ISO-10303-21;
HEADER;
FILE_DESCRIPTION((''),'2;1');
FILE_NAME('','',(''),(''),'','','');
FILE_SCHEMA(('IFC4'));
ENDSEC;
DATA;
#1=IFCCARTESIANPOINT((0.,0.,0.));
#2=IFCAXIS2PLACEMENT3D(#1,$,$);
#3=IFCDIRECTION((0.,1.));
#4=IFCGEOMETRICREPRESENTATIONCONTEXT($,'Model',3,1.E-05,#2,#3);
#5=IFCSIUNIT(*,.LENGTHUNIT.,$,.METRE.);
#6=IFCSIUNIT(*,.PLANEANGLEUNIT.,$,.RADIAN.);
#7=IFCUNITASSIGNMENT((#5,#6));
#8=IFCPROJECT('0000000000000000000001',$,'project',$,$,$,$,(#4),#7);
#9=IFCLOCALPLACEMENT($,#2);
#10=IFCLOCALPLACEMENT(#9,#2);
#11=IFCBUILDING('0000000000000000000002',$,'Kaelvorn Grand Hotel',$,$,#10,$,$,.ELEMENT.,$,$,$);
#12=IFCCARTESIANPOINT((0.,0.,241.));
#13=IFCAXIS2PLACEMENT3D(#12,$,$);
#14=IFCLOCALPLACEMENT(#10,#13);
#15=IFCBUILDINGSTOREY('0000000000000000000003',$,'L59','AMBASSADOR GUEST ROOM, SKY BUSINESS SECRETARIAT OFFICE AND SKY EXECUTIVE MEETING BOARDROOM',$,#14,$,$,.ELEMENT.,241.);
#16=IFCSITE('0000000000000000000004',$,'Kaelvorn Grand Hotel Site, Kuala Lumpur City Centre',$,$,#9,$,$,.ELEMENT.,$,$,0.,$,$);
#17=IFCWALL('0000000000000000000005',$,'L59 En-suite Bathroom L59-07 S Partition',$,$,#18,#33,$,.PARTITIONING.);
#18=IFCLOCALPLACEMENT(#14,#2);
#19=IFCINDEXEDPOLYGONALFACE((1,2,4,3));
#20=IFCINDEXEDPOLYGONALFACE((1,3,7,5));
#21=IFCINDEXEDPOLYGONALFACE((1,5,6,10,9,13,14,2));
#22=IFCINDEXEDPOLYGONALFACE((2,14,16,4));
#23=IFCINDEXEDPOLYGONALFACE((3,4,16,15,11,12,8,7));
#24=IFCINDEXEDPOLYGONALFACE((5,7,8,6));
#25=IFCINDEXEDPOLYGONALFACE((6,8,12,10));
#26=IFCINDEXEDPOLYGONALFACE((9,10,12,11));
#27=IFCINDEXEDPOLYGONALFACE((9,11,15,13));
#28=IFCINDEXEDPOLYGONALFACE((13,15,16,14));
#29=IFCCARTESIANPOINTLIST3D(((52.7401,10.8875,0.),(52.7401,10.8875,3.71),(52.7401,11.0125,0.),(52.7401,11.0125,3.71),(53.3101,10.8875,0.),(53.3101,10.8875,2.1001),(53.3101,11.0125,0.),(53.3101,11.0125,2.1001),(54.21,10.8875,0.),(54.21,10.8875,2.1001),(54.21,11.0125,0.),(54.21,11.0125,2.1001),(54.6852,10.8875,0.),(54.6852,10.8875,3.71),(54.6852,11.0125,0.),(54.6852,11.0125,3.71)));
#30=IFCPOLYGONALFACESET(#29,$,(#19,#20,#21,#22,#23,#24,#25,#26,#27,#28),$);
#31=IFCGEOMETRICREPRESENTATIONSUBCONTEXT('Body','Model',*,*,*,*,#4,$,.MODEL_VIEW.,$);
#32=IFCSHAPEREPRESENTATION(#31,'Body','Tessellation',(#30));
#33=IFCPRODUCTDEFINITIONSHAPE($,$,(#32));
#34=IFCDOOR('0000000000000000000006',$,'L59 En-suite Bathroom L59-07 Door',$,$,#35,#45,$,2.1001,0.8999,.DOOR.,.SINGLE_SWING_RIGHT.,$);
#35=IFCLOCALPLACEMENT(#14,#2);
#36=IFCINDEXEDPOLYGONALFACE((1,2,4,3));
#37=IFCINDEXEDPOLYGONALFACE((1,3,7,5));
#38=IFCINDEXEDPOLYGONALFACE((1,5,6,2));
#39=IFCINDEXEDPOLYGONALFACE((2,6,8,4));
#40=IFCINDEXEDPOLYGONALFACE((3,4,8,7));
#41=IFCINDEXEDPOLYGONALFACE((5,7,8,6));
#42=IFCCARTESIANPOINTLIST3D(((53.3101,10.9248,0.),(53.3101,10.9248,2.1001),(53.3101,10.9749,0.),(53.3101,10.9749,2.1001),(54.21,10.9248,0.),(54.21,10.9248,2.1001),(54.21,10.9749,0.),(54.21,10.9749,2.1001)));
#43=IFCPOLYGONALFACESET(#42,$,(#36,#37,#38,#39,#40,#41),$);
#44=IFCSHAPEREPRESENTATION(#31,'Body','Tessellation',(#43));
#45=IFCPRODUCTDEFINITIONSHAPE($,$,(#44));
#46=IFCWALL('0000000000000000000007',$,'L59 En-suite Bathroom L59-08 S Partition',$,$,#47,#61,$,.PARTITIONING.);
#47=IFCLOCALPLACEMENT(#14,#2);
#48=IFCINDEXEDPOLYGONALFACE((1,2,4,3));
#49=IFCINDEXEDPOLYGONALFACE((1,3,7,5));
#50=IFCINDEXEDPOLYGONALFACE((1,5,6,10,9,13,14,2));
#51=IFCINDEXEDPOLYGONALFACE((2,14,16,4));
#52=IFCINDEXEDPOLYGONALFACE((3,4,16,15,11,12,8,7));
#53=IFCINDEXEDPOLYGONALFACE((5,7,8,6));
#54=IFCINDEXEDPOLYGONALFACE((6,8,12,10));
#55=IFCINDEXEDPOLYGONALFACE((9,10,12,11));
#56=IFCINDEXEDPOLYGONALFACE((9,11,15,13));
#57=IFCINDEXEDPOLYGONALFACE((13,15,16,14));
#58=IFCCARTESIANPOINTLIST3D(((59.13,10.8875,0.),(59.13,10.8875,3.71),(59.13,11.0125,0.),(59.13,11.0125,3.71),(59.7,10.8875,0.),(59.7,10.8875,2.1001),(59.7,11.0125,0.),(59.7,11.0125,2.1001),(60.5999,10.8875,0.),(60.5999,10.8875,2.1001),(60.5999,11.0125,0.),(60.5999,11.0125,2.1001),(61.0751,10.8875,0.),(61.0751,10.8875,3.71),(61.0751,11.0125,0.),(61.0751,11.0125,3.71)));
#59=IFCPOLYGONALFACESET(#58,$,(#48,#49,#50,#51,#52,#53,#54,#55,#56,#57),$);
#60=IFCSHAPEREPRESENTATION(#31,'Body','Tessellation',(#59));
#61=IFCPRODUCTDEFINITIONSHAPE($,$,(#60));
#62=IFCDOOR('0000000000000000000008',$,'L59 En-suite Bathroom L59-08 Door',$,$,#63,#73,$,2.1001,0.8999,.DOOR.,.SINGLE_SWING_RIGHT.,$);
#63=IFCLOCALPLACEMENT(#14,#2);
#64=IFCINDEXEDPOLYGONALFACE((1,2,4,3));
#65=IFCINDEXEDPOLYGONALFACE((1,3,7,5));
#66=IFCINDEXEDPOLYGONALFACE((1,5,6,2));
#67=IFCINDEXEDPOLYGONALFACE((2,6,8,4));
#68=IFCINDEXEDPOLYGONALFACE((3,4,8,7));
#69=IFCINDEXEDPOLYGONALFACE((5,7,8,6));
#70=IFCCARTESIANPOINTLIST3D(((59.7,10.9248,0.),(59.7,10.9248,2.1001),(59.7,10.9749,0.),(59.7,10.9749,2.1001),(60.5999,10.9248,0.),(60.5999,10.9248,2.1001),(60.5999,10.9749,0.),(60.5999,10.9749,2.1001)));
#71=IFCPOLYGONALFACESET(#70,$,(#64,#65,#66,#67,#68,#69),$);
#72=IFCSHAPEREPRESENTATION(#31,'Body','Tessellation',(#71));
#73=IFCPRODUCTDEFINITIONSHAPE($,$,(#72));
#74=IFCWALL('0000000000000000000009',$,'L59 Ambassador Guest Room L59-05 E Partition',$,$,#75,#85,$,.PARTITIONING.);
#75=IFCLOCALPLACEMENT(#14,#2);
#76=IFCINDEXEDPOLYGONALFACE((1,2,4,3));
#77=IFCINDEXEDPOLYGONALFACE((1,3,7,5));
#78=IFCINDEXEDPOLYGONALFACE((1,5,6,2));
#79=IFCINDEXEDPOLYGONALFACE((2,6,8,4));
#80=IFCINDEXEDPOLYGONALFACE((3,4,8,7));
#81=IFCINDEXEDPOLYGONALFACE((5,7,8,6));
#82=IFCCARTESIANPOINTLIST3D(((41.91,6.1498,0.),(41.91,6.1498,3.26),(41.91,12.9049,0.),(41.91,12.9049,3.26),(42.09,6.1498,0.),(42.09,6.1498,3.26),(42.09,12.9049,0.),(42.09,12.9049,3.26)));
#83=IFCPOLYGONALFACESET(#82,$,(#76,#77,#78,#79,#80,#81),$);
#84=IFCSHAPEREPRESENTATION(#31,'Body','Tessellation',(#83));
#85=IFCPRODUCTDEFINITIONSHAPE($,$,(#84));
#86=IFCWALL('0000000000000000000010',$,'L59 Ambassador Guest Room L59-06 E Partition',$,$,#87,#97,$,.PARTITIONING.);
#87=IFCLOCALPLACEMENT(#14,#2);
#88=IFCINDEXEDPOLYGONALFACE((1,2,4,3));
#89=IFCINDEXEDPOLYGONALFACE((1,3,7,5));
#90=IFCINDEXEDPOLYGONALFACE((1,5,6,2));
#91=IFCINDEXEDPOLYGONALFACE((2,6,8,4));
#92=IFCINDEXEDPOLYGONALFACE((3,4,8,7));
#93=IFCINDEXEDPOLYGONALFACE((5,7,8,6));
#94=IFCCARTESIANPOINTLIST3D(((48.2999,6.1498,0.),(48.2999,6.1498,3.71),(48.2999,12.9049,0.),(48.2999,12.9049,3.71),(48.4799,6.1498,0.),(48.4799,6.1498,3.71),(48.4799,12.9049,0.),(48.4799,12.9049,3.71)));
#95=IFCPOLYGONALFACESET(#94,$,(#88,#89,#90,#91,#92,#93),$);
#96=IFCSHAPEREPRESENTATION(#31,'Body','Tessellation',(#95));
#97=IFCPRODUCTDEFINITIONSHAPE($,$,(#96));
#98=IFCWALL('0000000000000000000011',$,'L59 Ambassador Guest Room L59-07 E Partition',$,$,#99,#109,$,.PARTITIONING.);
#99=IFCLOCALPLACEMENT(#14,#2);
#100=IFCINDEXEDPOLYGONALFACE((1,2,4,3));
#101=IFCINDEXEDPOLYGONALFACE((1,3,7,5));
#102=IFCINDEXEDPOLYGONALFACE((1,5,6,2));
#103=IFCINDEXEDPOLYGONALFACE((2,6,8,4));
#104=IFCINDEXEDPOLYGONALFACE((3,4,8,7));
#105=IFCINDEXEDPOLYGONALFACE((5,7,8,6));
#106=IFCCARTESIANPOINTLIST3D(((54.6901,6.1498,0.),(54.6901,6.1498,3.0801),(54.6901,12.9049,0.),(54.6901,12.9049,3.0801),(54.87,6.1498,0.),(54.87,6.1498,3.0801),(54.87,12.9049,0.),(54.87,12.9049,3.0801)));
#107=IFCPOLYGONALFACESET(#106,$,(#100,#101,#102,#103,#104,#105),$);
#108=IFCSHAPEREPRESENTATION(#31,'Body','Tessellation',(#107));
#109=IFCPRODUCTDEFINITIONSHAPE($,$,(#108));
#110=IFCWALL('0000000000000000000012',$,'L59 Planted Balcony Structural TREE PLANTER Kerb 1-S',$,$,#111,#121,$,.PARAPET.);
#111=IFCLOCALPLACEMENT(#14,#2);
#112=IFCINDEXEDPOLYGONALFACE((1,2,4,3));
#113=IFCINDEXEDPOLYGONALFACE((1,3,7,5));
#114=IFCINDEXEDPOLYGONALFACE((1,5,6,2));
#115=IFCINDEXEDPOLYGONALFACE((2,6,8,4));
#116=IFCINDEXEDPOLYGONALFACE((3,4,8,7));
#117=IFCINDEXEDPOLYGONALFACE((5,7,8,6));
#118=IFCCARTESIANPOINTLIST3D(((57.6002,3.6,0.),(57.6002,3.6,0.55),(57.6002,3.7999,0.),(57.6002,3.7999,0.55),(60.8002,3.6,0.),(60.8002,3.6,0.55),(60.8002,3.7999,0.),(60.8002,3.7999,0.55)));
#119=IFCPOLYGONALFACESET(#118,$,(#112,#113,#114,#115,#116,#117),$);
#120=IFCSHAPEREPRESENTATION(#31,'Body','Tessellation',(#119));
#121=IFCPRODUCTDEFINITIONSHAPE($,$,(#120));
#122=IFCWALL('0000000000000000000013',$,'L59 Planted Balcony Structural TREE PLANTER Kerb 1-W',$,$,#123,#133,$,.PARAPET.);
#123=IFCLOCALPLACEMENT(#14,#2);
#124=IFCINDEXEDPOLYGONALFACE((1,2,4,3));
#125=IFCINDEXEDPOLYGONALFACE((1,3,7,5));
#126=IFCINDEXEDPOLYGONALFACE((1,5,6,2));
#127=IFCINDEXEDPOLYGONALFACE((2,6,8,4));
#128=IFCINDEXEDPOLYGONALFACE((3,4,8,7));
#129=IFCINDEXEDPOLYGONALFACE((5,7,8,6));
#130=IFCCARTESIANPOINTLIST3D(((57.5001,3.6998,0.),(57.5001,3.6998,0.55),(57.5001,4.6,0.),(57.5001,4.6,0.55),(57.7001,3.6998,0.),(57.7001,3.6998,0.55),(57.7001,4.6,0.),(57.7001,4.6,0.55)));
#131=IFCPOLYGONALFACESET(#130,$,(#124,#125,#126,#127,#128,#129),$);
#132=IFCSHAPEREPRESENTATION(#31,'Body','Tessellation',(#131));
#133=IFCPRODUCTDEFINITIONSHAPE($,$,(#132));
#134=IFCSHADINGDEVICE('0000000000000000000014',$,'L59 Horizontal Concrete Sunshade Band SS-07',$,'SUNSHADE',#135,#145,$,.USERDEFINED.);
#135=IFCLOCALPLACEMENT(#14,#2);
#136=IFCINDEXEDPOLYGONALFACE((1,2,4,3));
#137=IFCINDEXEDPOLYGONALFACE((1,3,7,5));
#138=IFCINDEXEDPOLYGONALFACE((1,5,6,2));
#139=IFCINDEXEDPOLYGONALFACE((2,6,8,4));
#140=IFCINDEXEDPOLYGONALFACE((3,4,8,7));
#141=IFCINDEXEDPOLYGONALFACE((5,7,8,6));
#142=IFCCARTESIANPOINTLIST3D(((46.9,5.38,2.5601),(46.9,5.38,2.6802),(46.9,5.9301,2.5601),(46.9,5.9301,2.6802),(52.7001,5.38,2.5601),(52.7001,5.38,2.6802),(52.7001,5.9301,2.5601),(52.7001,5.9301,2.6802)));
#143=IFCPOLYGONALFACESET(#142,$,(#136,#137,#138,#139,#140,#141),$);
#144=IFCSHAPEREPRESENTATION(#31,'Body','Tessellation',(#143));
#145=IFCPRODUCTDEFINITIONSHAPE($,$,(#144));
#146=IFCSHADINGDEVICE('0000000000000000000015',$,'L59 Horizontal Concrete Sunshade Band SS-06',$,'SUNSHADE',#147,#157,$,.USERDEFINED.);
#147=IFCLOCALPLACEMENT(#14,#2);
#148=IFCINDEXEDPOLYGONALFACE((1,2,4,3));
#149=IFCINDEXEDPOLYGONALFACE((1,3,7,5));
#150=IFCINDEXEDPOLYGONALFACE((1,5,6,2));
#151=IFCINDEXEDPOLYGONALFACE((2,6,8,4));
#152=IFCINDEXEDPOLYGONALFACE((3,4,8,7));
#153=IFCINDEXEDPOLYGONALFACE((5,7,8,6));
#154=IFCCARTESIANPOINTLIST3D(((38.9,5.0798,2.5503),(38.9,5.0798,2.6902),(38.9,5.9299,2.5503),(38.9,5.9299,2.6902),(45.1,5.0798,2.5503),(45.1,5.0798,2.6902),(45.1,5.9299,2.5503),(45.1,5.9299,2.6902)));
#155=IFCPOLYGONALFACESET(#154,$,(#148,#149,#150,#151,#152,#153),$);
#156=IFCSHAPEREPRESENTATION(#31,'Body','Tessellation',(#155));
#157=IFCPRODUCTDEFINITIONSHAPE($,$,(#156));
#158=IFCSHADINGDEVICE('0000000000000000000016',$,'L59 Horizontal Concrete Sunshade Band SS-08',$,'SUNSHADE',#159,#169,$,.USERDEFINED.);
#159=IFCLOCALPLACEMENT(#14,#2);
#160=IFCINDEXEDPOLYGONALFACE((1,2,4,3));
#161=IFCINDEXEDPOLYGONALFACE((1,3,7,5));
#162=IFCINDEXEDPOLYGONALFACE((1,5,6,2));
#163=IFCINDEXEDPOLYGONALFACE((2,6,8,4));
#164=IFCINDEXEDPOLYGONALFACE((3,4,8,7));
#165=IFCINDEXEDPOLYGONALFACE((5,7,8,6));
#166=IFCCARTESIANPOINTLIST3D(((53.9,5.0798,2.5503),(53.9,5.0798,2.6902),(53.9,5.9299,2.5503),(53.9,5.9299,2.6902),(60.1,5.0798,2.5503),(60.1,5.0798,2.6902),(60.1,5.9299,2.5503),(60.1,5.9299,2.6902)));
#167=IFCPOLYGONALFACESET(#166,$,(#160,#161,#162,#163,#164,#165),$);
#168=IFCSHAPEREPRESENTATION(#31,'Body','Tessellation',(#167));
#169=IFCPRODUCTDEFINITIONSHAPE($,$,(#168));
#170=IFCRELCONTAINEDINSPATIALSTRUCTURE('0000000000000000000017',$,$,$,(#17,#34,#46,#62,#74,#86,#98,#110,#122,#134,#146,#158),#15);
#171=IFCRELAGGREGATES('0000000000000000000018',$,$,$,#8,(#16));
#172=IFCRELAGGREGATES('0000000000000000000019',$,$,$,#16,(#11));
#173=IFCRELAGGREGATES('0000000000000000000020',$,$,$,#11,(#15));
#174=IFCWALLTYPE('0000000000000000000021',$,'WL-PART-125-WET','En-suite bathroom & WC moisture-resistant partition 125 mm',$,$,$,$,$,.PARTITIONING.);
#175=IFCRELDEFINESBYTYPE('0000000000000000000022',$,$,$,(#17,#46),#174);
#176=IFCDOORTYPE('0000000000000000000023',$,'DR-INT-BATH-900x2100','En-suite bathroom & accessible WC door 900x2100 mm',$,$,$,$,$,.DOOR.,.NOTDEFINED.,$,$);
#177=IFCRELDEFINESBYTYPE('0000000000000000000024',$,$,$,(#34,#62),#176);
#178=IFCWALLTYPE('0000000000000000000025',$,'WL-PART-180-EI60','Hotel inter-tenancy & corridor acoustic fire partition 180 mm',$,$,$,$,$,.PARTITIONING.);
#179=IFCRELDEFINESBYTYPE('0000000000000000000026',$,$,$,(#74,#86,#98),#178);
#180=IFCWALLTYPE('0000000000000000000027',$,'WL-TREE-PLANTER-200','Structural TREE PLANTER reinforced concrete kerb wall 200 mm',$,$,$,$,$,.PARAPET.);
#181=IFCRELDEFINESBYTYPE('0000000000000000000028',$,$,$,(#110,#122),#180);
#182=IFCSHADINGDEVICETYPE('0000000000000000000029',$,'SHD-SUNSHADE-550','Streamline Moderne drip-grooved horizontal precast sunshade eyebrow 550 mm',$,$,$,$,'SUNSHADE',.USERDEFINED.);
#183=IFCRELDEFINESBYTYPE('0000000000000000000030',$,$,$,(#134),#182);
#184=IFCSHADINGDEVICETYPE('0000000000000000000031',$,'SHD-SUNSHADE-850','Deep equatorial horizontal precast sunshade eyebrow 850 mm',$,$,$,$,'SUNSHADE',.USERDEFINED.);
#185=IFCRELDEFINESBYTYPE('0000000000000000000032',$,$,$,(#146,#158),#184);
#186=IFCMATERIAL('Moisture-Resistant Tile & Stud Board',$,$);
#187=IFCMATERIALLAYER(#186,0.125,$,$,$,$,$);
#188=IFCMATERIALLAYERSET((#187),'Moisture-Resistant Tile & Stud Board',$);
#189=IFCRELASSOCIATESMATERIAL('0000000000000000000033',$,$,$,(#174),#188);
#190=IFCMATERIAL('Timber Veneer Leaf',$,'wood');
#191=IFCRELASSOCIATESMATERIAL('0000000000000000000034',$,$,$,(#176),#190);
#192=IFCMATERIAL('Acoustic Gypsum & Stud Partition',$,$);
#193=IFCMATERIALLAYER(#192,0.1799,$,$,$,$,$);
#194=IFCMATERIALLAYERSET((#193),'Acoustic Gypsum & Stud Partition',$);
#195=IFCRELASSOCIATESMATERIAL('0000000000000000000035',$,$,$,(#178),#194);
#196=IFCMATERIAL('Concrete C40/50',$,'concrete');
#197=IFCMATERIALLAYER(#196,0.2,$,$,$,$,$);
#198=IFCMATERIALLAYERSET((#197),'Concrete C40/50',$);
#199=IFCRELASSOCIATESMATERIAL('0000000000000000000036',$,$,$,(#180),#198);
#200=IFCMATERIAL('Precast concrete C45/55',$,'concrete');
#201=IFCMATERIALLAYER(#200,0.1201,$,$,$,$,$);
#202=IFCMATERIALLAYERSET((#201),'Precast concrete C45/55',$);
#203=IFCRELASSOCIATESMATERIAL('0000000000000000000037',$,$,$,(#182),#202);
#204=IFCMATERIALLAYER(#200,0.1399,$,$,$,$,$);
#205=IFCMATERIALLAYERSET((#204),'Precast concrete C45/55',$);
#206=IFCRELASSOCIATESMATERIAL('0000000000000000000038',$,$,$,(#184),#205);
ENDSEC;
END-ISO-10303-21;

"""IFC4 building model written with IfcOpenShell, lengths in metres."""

from ifc_helpers import new_model, si_unit, direction, frame, frame_2d, origin, origin_2d, place, context, subcontext, project, spatial, rectangle, extrude, material, layer, layer_set, type_object, element, fill, save


model = new_model("IFC4")

# Units and contexts
model_context = context("Model", 3, precision=1e-05, world=origin(), true_north=direction((0.0, 1.0)))
body_context = subcontext(model_context, "Body", "Model", "MODEL_VIEW")
ifc_project = project(units=[si_unit("LENGTHUNIT", "METRE"), si_unit("PLANEANGLEUNIT", "RADIAN")], contexts=[model_context])

# Site, building, storey
site_placement = place(None, origin())
site = spatial("IfcSite", under=ifc_project, at=site_placement, Name="Kaelvorn Grand Hotel Site, Kuala Lumpur City Centre", CompositionType="ELEMENT", RefElevation=0.0)
building_placement = place(site_placement, origin())
building = spatial("IfcBuilding", under=site, at=building_placement, Name="Kaelvorn Grand Hotel", CompositionType="ELEMENT")
storey_placement = place(building_placement, frame((0.0, 0.0, 241.0)))
storey = spatial("IfcBuildingStorey", under=building, at=storey_placement, Name="L59", Description="AMBASSADOR GUEST ROOM, SKY BUSINESS SECRETARIAT OFFICE AND SKY EXECUTIVE MEETING BOARDROOM", CompositionType="ELEMENT", Elevation=241.0)

# Shared definitions
ifc_material_1 = material(Name="Moisture-Resistant Tile & Stud Board")
ifc_layer_1 = layer(ifc_material_1, 0.125)
ifc_layer_set_1 = layer_set([ifc_layer_1], Name="Moisture-Resistant Tile & Stud Board")
wall_type_1 = type_object("IfcWallType", Name="WL-PART-125-WET", Description="En-suite bathroom & WC moisture-resistant partition 125 mm", PredefinedType="PARTITIONING", material=ifc_layer_set_1)
ifc_material_2 = material(Name="Timber Veneer Leaf", Category="wood")
door_type = type_object("IfcDoorType", Name="DR-INT-BATH-900x2100", Description="En-suite bathroom & accessible WC door 900x2100 mm", OperationType="NOTDEFINED", PredefinedType="DOOR", material=ifc_material_2)

# Walls, openings, doors
wall_1_placement = place(storey_placement, frame((52.74, 10.95, 0.0), z_axis=(0.0, 0.0, 1.0), x_axis=(1.0, 0.0, 0.0)))
wall_1 = element("IfcWall", 1, at=wall_1_placement, inside=storey, type_object=wall_type_1, Name="L59 En-suite Bathroom L59-07 S Partition", PredefinedType="PARTITIONING", context=body_context, shape_type="SweptSolid", body=[
    extrude(rectangle(XDim=1.9451, YDim=0.125, at=frame_2d((0.9727, 0.0))), origin(), (0.0, 0.0, 1.0), 3.71),
])
opening_1_placement = place(wall_1_placement, frame((0.5701, 0.0, 0.0)))
opening_1 = element("IfcOpeningElement", 2, at=opening_1_placement, cuts=wall_1, PredefinedType="OPENING", context=body_context, shape_type="SweptSolid", body=[
    extrude(rectangle(XDim=0.8999, YDim=2.1001, at=frame_2d((0.45, 1.05))), frame((0.0, 0.0725, 0.0), z_axis=(0.0, -1.0, 0.0), x_axis=(1.0, 0.0, 0.0)), (0.0, 0.0, 1.0), 0.145),
])
door_1_placement = place(opening_1_placement, origin())
door_1 = element("IfcDoor", 3, at=door_1_placement, inside=storey, type_object=door_type, Name="L59 En-suite Bathroom L59-07 Door", OperationType="SINGLE_SWING_RIGHT", OverallHeight=2.1001, OverallWidth=0.8999, PredefinedType="DOOR", context=body_context, shape_type="SweptSolid", body=[
    extrude(rectangle(XDim=0.8999, YDim=2.1001, at=frame_2d((0.45, 1.05))), frame((0.0, 0.0249, 0.0), z_axis=(0.0, -1.0, 0.0), x_axis=(1.0, 0.0, 0.0)), (0.0, 0.0, 1.0), 0.05),
])
fill(opening_1, door_1)
wall_2_placement = place(storey_placement, frame((59.1299, 10.95, 0.0), z_axis=(0.0, 0.0, 1.0), x_axis=(1.0, 0.0, 0.0)))
wall_2 = element("IfcWall", 4, at=wall_2_placement, inside=storey, type_object=wall_type_1, Name="L59 En-suite Bathroom L59-08 S Partition", PredefinedType="PARTITIONING", context=body_context, shape_type="SweptSolid", body=[
    extrude(rectangle(XDim=1.9451, YDim=0.125, at=frame_2d((0.9727, 0.0))), origin(), (0.0, 0.0, 1.0), 3.71),
])
opening_2_placement = place(wall_2_placement, frame((0.5701, 0.0, 0.0)))
opening_2 = element("IfcOpeningElement", 5, at=opening_2_placement, cuts=wall_2, PredefinedType="OPENING", context=body_context, shape_type="SweptSolid", body=[
    extrude(rectangle(XDim=0.8999, YDim=2.1001, at=frame_2d((0.45, 1.05))), frame((0.0, 0.0725, 0.0), z_axis=(0.0, -1.0, 0.0), x_axis=(1.0, 0.0, 0.0)), (0.0, 0.0, 1.0), 0.145),
])
door_2_placement = place(opening_2_placement, origin())
door_2 = element("IfcDoor", 6, at=door_2_placement, inside=storey, type_object=door_type, Name="L59 En-suite Bathroom L59-08 Door", OperationType="SINGLE_SWING_RIGHT", OverallHeight=2.1001, OverallWidth=0.8999, PredefinedType="DOOR", context=body_context, shape_type="SweptSolid", body=[
    extrude(rectangle(XDim=0.8999, YDim=2.1001, at=frame_2d((0.45, 1.05))), frame((0.0, 0.0249, 0.0), z_axis=(0.0, -1.0, 0.0), x_axis=(1.0, 0.0, 0.0)), (0.0, 0.0, 1.0), 0.05),
])
fill(opening_2, door_2)

# Walls
ifc_material_3 = material(Name="Acoustic Gypsum & Stud Partition")
ifc_layer_2 = layer(ifc_material_3, 0.1799)
ifc_layer_set_2 = layer_set([ifc_layer_2], Name="Acoustic Gypsum & Stud Partition")
wall_type_2 = type_object("IfcWallType", Name="WL-PART-180-EI60", Description="Hotel inter-tenancy & corridor acoustic fire partition 180 mm", PredefinedType="PARTITIONING", material=ifc_layer_set_2)
wall_3_placement = place(storey_placement, frame((42.0, 6.1499, 0.0), z_axis=(0.0, 0.0, 1.0), x_axis=(0.0, 1.0, 0.0)))
element("IfcWall", 7, at=wall_3_placement, inside=storey, type_object=wall_type_2, Name="L59 Ambassador Guest Room L59-05 E Partition", PredefinedType="PARTITIONING", context=body_context, shape_type="SweptSolid", body=[
    extrude(rectangle(XDim=6.7551, YDim=0.1799, at=frame_2d((3.3774, 0.0))), origin(), (0.0, 0.0, 1.0), 3.26),
])
wall_4_placement = place(storey_placement, frame((48.3899, 6.1499, 0.0), z_axis=(0.0, 0.0, 1.0), x_axis=(0.0, 1.0, 0.0)))
element("IfcWall", 8, at=wall_4_placement, inside=storey, type_object=wall_type_2, Name="L59 Ambassador Guest Room L59-06 E Partition", PredefinedType="PARTITIONING", context=body_context, shape_type="SweptSolid", body=[
    extrude(rectangle(XDim=6.7551, YDim=0.1799, at=frame_2d((3.3774, 0.0))), origin(), (0.0, 0.0, 1.0), 3.71),
])
wall_5_placement = place(storey_placement, frame((54.78, 6.1499, 0.0), z_axis=(0.0, 0.0, 1.0), x_axis=(0.0, 1.0, 0.0)))
element("IfcWall", 9, at=wall_5_placement, inside=storey, type_object=wall_type_2, Name="L59 Ambassador Guest Room L59-07 E Partition", PredefinedType="PARTITIONING", context=body_context, shape_type="SweptSolid", body=[
    extrude(rectangle(XDim=6.7551, YDim=0.1799, at=frame_2d((3.3774, 0.0))), origin(), (0.0, 0.0, 1.0), 3.0801),
])
ifc_material_4 = material(Name="Concrete C40/50", Category="concrete")
ifc_layer_3 = layer(ifc_material_4, 0.2)
ifc_layer_set_3 = layer_set([ifc_layer_3], Name="Concrete C40/50")
wall_type_3 = type_object("IfcWallType", Name="WL-TREE-PLANTER-200", Description="Structural TREE PLANTER reinforced concrete kerb wall 200 mm", PredefinedType="PARAPET", material=ifc_layer_set_3)
wall_6_placement = place(storey_placement, frame((57.6001, 3.7, 0.0), z_axis=(0.0, 0.0, 1.0), x_axis=(1.0, 0.0, 0.0)))
element("IfcWall", 10, at=wall_6_placement, inside=storey, type_object=wall_type_3, Name="L59 Planted Balcony Structural TREE PLANTER Kerb 1-S", PredefinedType="PARAPET", context=body_context, shape_type="SweptSolid", body=[
    extrude(rectangle(XDim=3.2, YDim=0.2, at=frame_2d((1.6001, 0.0))), origin(), (0.0, 0.0, 1.0), 0.55),
])
wall_7_placement = place(storey_placement, frame((57.6001, 4.6001, 0.0), z_axis=(0.0, 0.0, 1.0), x_axis=(0.0, -1.0, 0.0)))
element("IfcWall", 11, at=wall_7_placement, inside=storey, type_object=wall_type_3, Name="L59 Planted Balcony Structural TREE PLANTER Kerb 1-W", PredefinedType="PARAPET", context=body_context, shape_type="SweptSolid", body=[
    extrude(rectangle(XDim=0.9001, YDim=0.2, at=frame_2d((0.4502, 0.0))), origin(), (0.0, 0.0, 1.0), 0.55),
])

# Shading devices
ifc_material_5 = material(Name="Precast concrete C45/55", Category="concrete")
ifc_layer_4 = layer(ifc_material_5, 0.1201)
ifc_layer_set_4 = layer_set([ifc_layer_4], Name="Precast concrete C45/55")
shading_device_type_1 = type_object("IfcShadingDeviceType", Name="SHD-SUNSHADE-550", Description="Streamline Moderne drip-grooved horizontal precast sunshade eyebrow 550 mm", ElementType="SUNSHADE", PredefinedType="USERDEFINED", material=ifc_layer_set_4)
shading_device_placement = place(storey_placement, frame((49.8, 5.655, 2.5601), z_axis=(0.0, 0.0, 1.0), x_axis=(1.0, 0.0, 0.0)))
element("IfcShadingDevice", 12, at=shading_device_placement, inside=storey, type_object=shading_device_type_1, Name="L59 Horizontal Concrete Sunshade Band SS-07", ObjectType="SUNSHADE", PredefinedType="USERDEFINED", context=body_context, shape_type="SweptSolid", body=[
    extrude(rectangle(XDim=5.8, YDim=0.55, at=origin_2d()), origin(), (0.0, 0.0, 1.0), 0.1201),
])
ifc_layer_5 = layer(ifc_material_5, 0.1399)
ifc_layer_set_5 = layer_set([ifc_layer_5], Name="Precast concrete C45/55")
shading_device_type_2 = type_object("IfcShadingDeviceType", Name="SHD-SUNSHADE-850", Description="Deep equatorial horizontal precast sunshade eyebrow 850 mm", ElementType="SUNSHADE", PredefinedType="USERDEFINED", material=ifc_layer_set_5)
for number, where, z_axis, x_axis, name in (
    (13, (42.0, 5.5049, 2.5503), (0.0, 0.0, 1.0), (1.0, 0.0, 0.0), "L59 Horizontal Concrete Sunshade Band SS-06"),
    (14, (57.0, 5.5049, 2.5503), (0.0, 0.0, 1.0), (1.0, 0.0, 0.0), "L59 Horizontal Concrete Sunshade Band SS-08"),
):
    element("IfcShadingDevice", number, at=place(storey_placement, frame(where, z_axis=z_axis, x_axis=x_axis)), inside=storey, type_object=shading_device_type_2, Name=name, ObjectType="SUNSHADE", PredefinedType="USERDEFINED", context=body_context, shape_type="SweptSolid", body=[
        extrude(rectangle(XDim=6.2, YDim=0.8501, at=origin_2d()), origin(), (0.0, 0.0, 1.0), 0.1399),
    ])

save(model, "model.ifc")
